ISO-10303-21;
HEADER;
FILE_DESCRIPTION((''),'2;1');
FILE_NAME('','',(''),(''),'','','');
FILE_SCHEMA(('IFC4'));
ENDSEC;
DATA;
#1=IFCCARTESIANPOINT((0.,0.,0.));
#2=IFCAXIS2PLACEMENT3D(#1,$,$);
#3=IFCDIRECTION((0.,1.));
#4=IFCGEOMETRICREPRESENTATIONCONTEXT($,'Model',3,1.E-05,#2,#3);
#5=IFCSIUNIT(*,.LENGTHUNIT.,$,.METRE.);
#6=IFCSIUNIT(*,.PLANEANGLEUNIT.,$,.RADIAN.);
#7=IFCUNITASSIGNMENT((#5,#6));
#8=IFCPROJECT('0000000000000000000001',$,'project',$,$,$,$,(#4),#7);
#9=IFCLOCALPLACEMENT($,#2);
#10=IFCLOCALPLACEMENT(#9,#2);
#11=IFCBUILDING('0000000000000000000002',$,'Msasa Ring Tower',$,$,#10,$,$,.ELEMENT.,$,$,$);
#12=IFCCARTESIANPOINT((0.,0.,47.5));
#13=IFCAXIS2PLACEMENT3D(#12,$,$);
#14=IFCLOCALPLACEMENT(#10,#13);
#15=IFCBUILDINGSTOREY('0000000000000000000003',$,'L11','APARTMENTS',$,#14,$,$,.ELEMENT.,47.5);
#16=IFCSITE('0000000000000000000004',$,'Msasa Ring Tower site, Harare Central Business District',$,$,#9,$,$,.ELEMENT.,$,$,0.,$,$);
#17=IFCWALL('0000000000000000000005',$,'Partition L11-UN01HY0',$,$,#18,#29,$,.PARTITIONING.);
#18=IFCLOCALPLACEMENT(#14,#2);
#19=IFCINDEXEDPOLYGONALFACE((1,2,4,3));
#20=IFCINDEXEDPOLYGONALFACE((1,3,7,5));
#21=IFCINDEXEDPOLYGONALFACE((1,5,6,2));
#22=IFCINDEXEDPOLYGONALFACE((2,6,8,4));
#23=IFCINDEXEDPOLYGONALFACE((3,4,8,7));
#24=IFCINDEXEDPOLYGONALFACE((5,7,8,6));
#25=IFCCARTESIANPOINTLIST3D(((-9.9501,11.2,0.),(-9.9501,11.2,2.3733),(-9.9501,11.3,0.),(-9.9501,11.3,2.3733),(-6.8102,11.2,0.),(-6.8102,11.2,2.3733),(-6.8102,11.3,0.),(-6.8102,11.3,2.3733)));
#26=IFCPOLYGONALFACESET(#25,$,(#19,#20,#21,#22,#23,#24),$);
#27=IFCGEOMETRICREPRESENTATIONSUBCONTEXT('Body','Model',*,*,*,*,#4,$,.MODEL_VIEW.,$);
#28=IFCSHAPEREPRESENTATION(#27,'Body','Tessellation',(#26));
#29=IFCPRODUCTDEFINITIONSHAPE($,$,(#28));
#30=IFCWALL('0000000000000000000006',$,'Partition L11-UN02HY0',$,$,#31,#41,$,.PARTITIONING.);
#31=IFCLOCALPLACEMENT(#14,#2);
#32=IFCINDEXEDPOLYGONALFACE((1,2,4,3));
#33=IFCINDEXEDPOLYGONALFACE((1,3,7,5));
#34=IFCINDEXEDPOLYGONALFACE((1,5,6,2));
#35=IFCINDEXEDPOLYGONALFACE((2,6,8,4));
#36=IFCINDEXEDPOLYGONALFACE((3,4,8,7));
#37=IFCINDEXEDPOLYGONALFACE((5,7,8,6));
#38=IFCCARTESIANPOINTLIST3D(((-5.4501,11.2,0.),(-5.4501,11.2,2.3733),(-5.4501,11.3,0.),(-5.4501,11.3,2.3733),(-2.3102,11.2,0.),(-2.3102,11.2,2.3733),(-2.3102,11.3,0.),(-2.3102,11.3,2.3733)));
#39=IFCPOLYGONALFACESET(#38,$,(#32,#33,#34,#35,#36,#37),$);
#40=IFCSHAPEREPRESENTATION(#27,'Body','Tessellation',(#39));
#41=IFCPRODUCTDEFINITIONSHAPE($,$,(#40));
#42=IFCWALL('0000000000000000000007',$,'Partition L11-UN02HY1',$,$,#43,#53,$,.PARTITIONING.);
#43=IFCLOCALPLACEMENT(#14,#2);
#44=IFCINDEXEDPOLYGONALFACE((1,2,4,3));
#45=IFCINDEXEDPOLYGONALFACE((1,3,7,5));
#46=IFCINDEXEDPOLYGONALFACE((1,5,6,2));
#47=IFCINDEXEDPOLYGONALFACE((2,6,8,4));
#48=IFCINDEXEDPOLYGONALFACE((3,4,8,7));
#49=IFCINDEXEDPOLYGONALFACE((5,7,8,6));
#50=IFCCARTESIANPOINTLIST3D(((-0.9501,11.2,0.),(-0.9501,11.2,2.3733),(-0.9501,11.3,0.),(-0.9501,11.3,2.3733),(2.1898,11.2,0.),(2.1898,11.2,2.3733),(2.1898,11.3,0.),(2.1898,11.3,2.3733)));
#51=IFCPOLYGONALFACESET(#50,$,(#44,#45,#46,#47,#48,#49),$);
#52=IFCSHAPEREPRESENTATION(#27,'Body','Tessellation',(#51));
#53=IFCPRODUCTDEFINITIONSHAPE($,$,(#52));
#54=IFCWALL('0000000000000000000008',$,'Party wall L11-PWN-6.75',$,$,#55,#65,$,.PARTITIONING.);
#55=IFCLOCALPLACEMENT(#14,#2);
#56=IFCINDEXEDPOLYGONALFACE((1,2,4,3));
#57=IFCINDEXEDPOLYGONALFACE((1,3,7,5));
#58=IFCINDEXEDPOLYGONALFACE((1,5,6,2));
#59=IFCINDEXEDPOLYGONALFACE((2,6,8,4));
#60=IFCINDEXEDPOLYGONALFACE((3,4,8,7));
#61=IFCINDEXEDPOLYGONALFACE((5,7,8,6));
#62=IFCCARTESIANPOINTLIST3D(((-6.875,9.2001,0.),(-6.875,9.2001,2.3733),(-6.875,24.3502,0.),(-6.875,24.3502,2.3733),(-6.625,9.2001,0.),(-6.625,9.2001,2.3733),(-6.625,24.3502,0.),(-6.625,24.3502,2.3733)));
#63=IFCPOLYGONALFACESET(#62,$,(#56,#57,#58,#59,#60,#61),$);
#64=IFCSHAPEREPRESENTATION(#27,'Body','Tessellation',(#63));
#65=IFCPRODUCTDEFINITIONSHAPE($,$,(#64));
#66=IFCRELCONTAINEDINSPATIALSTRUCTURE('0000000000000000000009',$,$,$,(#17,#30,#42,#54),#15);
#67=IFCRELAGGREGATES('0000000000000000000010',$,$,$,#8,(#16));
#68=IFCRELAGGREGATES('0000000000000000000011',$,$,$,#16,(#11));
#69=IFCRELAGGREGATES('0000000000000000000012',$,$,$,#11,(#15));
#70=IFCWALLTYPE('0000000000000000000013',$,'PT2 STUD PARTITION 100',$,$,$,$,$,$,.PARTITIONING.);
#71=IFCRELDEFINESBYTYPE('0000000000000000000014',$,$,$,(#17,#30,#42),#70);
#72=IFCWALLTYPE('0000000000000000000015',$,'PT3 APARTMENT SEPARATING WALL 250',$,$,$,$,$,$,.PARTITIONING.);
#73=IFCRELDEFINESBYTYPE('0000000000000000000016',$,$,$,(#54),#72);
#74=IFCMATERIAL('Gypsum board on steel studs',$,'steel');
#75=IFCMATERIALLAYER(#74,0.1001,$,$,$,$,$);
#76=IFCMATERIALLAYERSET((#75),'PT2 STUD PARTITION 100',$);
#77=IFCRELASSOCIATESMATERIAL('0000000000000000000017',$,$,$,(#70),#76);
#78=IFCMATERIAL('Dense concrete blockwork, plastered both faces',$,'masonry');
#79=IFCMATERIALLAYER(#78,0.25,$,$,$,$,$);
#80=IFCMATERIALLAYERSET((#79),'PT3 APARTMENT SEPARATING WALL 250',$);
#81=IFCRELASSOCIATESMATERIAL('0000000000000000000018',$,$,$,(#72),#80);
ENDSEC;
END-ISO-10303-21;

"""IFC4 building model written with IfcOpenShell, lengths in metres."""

from ifc_helpers import new_model, si_unit, direction, frame, frame_2d, origin, place, context, subcontext, project, spatial, rectangle, extrude, material, layer, layer_set, type_object, element, save


model = new_model("IFC4")

# Units and contexts
model_context = context("Model", 3, precision=1e-05, world=origin(), true_north=direction((0.0, 1.0)))
body_context = subcontext(model_context, "Body", "Model", "MODEL_VIEW")
ifc_project = project(units=[si_unit("LENGTHUNIT", "METRE"), si_unit("PLANEANGLEUNIT", "RADIAN")], contexts=[model_context])

# Site, building, storey
site_placement = place(None, origin())
site = spatial("IfcSite", under=ifc_project, at=site_placement, Name="Msasa Ring Tower site, Harare Central Business District", CompositionType="ELEMENT", RefElevation=0.0)
building_placement = place(site_placement, origin())
building = spatial("IfcBuilding", under=site, at=building_placement, Name="Msasa Ring Tower", CompositionType="ELEMENT")
storey_placement = place(building_placement, frame((0.0, 0.0, 47.5)))
storey = spatial("IfcBuildingStorey", under=building, at=storey_placement, Name="L11", Description="APARTMENTS", CompositionType="ELEMENT", Elevation=47.5)

# Walls
ifc_material_1 = material(Name="Gypsum board on steel studs", Category="steel")
ifc_layer_1 = layer(ifc_material_1, 0.1001)
ifc_layer_set_1 = layer_set([ifc_layer_1], Name="PT2 STUD PARTITION 100")
wall_type_1 = type_object("IfcWallType", Name="PT2 STUD PARTITION 100", PredefinedType="PARTITIONING", material=ifc_layer_set_1)
for number, where, z_axis, x_axis, name in (
    (1, (-9.95, 11.25, 0.0), (0.0, 0.0, 1.0), (1.0, 0.0, 0.0), "Partition L11-UN01HY0"),
    (2, (-5.45, 11.25, 0.0), (0.0, 0.0, 1.0), (1.0, 0.0, 0.0), "Partition L11-UN02HY0"),
    (3, (-0.95, 11.25, 0.0), (0.0, 0.0, 1.0), (1.0, 0.0, 0.0), "Partition L11-UN02HY1"),
):
    element("IfcWall", number, at=place(storey_placement, frame(where, z_axis=z_axis, x_axis=x_axis)), inside=storey, type_object=wall_type_1, Name=name, PredefinedType="PARTITIONING", context=body_context, shape_type="SweptSolid", body=[
        extrude(rectangle(XDim=3.1399, YDim=0.1001, at=frame_2d((1.5698, 0.0))), origin(), (0.0, 0.0, 1.0), 2.3733),
    ])
ifc_material_2 = material(Name="Dense concrete blockwork, plastered both faces", Category="masonry")
ifc_layer_2 = layer(ifc_material_2, 0.25)
ifc_layer_set_2 = layer_set([ifc_layer_2], Name="PT3 APARTMENT SEPARATING WALL 250")
wall_type_2 = type_object("IfcWallType", Name="PT3 APARTMENT SEPARATING WALL 250", PredefinedType="PARTITIONING", material=ifc_layer_set_2)
wall_1_placement = place(storey_placement, frame((-6.75, 9.2, 0.0), z_axis=(0.0, 0.0, 1.0), x_axis=(0.0, 1.0, 0.0)))
element("IfcWall", 4, at=wall_1_placement, inside=storey, type_object=wall_type_2, Name="Party wall L11-PWN-6.75", PredefinedType="PARTITIONING", context=body_context, shape_type="SweptSolid", body=[
    extrude(rectangle(XDim=15.1501, YDim=0.25, at=frame_2d((7.5752, 0.0))), origin(), (0.0, 0.0, 1.0), 2.3733),
])

save(model, "model.ifc")
